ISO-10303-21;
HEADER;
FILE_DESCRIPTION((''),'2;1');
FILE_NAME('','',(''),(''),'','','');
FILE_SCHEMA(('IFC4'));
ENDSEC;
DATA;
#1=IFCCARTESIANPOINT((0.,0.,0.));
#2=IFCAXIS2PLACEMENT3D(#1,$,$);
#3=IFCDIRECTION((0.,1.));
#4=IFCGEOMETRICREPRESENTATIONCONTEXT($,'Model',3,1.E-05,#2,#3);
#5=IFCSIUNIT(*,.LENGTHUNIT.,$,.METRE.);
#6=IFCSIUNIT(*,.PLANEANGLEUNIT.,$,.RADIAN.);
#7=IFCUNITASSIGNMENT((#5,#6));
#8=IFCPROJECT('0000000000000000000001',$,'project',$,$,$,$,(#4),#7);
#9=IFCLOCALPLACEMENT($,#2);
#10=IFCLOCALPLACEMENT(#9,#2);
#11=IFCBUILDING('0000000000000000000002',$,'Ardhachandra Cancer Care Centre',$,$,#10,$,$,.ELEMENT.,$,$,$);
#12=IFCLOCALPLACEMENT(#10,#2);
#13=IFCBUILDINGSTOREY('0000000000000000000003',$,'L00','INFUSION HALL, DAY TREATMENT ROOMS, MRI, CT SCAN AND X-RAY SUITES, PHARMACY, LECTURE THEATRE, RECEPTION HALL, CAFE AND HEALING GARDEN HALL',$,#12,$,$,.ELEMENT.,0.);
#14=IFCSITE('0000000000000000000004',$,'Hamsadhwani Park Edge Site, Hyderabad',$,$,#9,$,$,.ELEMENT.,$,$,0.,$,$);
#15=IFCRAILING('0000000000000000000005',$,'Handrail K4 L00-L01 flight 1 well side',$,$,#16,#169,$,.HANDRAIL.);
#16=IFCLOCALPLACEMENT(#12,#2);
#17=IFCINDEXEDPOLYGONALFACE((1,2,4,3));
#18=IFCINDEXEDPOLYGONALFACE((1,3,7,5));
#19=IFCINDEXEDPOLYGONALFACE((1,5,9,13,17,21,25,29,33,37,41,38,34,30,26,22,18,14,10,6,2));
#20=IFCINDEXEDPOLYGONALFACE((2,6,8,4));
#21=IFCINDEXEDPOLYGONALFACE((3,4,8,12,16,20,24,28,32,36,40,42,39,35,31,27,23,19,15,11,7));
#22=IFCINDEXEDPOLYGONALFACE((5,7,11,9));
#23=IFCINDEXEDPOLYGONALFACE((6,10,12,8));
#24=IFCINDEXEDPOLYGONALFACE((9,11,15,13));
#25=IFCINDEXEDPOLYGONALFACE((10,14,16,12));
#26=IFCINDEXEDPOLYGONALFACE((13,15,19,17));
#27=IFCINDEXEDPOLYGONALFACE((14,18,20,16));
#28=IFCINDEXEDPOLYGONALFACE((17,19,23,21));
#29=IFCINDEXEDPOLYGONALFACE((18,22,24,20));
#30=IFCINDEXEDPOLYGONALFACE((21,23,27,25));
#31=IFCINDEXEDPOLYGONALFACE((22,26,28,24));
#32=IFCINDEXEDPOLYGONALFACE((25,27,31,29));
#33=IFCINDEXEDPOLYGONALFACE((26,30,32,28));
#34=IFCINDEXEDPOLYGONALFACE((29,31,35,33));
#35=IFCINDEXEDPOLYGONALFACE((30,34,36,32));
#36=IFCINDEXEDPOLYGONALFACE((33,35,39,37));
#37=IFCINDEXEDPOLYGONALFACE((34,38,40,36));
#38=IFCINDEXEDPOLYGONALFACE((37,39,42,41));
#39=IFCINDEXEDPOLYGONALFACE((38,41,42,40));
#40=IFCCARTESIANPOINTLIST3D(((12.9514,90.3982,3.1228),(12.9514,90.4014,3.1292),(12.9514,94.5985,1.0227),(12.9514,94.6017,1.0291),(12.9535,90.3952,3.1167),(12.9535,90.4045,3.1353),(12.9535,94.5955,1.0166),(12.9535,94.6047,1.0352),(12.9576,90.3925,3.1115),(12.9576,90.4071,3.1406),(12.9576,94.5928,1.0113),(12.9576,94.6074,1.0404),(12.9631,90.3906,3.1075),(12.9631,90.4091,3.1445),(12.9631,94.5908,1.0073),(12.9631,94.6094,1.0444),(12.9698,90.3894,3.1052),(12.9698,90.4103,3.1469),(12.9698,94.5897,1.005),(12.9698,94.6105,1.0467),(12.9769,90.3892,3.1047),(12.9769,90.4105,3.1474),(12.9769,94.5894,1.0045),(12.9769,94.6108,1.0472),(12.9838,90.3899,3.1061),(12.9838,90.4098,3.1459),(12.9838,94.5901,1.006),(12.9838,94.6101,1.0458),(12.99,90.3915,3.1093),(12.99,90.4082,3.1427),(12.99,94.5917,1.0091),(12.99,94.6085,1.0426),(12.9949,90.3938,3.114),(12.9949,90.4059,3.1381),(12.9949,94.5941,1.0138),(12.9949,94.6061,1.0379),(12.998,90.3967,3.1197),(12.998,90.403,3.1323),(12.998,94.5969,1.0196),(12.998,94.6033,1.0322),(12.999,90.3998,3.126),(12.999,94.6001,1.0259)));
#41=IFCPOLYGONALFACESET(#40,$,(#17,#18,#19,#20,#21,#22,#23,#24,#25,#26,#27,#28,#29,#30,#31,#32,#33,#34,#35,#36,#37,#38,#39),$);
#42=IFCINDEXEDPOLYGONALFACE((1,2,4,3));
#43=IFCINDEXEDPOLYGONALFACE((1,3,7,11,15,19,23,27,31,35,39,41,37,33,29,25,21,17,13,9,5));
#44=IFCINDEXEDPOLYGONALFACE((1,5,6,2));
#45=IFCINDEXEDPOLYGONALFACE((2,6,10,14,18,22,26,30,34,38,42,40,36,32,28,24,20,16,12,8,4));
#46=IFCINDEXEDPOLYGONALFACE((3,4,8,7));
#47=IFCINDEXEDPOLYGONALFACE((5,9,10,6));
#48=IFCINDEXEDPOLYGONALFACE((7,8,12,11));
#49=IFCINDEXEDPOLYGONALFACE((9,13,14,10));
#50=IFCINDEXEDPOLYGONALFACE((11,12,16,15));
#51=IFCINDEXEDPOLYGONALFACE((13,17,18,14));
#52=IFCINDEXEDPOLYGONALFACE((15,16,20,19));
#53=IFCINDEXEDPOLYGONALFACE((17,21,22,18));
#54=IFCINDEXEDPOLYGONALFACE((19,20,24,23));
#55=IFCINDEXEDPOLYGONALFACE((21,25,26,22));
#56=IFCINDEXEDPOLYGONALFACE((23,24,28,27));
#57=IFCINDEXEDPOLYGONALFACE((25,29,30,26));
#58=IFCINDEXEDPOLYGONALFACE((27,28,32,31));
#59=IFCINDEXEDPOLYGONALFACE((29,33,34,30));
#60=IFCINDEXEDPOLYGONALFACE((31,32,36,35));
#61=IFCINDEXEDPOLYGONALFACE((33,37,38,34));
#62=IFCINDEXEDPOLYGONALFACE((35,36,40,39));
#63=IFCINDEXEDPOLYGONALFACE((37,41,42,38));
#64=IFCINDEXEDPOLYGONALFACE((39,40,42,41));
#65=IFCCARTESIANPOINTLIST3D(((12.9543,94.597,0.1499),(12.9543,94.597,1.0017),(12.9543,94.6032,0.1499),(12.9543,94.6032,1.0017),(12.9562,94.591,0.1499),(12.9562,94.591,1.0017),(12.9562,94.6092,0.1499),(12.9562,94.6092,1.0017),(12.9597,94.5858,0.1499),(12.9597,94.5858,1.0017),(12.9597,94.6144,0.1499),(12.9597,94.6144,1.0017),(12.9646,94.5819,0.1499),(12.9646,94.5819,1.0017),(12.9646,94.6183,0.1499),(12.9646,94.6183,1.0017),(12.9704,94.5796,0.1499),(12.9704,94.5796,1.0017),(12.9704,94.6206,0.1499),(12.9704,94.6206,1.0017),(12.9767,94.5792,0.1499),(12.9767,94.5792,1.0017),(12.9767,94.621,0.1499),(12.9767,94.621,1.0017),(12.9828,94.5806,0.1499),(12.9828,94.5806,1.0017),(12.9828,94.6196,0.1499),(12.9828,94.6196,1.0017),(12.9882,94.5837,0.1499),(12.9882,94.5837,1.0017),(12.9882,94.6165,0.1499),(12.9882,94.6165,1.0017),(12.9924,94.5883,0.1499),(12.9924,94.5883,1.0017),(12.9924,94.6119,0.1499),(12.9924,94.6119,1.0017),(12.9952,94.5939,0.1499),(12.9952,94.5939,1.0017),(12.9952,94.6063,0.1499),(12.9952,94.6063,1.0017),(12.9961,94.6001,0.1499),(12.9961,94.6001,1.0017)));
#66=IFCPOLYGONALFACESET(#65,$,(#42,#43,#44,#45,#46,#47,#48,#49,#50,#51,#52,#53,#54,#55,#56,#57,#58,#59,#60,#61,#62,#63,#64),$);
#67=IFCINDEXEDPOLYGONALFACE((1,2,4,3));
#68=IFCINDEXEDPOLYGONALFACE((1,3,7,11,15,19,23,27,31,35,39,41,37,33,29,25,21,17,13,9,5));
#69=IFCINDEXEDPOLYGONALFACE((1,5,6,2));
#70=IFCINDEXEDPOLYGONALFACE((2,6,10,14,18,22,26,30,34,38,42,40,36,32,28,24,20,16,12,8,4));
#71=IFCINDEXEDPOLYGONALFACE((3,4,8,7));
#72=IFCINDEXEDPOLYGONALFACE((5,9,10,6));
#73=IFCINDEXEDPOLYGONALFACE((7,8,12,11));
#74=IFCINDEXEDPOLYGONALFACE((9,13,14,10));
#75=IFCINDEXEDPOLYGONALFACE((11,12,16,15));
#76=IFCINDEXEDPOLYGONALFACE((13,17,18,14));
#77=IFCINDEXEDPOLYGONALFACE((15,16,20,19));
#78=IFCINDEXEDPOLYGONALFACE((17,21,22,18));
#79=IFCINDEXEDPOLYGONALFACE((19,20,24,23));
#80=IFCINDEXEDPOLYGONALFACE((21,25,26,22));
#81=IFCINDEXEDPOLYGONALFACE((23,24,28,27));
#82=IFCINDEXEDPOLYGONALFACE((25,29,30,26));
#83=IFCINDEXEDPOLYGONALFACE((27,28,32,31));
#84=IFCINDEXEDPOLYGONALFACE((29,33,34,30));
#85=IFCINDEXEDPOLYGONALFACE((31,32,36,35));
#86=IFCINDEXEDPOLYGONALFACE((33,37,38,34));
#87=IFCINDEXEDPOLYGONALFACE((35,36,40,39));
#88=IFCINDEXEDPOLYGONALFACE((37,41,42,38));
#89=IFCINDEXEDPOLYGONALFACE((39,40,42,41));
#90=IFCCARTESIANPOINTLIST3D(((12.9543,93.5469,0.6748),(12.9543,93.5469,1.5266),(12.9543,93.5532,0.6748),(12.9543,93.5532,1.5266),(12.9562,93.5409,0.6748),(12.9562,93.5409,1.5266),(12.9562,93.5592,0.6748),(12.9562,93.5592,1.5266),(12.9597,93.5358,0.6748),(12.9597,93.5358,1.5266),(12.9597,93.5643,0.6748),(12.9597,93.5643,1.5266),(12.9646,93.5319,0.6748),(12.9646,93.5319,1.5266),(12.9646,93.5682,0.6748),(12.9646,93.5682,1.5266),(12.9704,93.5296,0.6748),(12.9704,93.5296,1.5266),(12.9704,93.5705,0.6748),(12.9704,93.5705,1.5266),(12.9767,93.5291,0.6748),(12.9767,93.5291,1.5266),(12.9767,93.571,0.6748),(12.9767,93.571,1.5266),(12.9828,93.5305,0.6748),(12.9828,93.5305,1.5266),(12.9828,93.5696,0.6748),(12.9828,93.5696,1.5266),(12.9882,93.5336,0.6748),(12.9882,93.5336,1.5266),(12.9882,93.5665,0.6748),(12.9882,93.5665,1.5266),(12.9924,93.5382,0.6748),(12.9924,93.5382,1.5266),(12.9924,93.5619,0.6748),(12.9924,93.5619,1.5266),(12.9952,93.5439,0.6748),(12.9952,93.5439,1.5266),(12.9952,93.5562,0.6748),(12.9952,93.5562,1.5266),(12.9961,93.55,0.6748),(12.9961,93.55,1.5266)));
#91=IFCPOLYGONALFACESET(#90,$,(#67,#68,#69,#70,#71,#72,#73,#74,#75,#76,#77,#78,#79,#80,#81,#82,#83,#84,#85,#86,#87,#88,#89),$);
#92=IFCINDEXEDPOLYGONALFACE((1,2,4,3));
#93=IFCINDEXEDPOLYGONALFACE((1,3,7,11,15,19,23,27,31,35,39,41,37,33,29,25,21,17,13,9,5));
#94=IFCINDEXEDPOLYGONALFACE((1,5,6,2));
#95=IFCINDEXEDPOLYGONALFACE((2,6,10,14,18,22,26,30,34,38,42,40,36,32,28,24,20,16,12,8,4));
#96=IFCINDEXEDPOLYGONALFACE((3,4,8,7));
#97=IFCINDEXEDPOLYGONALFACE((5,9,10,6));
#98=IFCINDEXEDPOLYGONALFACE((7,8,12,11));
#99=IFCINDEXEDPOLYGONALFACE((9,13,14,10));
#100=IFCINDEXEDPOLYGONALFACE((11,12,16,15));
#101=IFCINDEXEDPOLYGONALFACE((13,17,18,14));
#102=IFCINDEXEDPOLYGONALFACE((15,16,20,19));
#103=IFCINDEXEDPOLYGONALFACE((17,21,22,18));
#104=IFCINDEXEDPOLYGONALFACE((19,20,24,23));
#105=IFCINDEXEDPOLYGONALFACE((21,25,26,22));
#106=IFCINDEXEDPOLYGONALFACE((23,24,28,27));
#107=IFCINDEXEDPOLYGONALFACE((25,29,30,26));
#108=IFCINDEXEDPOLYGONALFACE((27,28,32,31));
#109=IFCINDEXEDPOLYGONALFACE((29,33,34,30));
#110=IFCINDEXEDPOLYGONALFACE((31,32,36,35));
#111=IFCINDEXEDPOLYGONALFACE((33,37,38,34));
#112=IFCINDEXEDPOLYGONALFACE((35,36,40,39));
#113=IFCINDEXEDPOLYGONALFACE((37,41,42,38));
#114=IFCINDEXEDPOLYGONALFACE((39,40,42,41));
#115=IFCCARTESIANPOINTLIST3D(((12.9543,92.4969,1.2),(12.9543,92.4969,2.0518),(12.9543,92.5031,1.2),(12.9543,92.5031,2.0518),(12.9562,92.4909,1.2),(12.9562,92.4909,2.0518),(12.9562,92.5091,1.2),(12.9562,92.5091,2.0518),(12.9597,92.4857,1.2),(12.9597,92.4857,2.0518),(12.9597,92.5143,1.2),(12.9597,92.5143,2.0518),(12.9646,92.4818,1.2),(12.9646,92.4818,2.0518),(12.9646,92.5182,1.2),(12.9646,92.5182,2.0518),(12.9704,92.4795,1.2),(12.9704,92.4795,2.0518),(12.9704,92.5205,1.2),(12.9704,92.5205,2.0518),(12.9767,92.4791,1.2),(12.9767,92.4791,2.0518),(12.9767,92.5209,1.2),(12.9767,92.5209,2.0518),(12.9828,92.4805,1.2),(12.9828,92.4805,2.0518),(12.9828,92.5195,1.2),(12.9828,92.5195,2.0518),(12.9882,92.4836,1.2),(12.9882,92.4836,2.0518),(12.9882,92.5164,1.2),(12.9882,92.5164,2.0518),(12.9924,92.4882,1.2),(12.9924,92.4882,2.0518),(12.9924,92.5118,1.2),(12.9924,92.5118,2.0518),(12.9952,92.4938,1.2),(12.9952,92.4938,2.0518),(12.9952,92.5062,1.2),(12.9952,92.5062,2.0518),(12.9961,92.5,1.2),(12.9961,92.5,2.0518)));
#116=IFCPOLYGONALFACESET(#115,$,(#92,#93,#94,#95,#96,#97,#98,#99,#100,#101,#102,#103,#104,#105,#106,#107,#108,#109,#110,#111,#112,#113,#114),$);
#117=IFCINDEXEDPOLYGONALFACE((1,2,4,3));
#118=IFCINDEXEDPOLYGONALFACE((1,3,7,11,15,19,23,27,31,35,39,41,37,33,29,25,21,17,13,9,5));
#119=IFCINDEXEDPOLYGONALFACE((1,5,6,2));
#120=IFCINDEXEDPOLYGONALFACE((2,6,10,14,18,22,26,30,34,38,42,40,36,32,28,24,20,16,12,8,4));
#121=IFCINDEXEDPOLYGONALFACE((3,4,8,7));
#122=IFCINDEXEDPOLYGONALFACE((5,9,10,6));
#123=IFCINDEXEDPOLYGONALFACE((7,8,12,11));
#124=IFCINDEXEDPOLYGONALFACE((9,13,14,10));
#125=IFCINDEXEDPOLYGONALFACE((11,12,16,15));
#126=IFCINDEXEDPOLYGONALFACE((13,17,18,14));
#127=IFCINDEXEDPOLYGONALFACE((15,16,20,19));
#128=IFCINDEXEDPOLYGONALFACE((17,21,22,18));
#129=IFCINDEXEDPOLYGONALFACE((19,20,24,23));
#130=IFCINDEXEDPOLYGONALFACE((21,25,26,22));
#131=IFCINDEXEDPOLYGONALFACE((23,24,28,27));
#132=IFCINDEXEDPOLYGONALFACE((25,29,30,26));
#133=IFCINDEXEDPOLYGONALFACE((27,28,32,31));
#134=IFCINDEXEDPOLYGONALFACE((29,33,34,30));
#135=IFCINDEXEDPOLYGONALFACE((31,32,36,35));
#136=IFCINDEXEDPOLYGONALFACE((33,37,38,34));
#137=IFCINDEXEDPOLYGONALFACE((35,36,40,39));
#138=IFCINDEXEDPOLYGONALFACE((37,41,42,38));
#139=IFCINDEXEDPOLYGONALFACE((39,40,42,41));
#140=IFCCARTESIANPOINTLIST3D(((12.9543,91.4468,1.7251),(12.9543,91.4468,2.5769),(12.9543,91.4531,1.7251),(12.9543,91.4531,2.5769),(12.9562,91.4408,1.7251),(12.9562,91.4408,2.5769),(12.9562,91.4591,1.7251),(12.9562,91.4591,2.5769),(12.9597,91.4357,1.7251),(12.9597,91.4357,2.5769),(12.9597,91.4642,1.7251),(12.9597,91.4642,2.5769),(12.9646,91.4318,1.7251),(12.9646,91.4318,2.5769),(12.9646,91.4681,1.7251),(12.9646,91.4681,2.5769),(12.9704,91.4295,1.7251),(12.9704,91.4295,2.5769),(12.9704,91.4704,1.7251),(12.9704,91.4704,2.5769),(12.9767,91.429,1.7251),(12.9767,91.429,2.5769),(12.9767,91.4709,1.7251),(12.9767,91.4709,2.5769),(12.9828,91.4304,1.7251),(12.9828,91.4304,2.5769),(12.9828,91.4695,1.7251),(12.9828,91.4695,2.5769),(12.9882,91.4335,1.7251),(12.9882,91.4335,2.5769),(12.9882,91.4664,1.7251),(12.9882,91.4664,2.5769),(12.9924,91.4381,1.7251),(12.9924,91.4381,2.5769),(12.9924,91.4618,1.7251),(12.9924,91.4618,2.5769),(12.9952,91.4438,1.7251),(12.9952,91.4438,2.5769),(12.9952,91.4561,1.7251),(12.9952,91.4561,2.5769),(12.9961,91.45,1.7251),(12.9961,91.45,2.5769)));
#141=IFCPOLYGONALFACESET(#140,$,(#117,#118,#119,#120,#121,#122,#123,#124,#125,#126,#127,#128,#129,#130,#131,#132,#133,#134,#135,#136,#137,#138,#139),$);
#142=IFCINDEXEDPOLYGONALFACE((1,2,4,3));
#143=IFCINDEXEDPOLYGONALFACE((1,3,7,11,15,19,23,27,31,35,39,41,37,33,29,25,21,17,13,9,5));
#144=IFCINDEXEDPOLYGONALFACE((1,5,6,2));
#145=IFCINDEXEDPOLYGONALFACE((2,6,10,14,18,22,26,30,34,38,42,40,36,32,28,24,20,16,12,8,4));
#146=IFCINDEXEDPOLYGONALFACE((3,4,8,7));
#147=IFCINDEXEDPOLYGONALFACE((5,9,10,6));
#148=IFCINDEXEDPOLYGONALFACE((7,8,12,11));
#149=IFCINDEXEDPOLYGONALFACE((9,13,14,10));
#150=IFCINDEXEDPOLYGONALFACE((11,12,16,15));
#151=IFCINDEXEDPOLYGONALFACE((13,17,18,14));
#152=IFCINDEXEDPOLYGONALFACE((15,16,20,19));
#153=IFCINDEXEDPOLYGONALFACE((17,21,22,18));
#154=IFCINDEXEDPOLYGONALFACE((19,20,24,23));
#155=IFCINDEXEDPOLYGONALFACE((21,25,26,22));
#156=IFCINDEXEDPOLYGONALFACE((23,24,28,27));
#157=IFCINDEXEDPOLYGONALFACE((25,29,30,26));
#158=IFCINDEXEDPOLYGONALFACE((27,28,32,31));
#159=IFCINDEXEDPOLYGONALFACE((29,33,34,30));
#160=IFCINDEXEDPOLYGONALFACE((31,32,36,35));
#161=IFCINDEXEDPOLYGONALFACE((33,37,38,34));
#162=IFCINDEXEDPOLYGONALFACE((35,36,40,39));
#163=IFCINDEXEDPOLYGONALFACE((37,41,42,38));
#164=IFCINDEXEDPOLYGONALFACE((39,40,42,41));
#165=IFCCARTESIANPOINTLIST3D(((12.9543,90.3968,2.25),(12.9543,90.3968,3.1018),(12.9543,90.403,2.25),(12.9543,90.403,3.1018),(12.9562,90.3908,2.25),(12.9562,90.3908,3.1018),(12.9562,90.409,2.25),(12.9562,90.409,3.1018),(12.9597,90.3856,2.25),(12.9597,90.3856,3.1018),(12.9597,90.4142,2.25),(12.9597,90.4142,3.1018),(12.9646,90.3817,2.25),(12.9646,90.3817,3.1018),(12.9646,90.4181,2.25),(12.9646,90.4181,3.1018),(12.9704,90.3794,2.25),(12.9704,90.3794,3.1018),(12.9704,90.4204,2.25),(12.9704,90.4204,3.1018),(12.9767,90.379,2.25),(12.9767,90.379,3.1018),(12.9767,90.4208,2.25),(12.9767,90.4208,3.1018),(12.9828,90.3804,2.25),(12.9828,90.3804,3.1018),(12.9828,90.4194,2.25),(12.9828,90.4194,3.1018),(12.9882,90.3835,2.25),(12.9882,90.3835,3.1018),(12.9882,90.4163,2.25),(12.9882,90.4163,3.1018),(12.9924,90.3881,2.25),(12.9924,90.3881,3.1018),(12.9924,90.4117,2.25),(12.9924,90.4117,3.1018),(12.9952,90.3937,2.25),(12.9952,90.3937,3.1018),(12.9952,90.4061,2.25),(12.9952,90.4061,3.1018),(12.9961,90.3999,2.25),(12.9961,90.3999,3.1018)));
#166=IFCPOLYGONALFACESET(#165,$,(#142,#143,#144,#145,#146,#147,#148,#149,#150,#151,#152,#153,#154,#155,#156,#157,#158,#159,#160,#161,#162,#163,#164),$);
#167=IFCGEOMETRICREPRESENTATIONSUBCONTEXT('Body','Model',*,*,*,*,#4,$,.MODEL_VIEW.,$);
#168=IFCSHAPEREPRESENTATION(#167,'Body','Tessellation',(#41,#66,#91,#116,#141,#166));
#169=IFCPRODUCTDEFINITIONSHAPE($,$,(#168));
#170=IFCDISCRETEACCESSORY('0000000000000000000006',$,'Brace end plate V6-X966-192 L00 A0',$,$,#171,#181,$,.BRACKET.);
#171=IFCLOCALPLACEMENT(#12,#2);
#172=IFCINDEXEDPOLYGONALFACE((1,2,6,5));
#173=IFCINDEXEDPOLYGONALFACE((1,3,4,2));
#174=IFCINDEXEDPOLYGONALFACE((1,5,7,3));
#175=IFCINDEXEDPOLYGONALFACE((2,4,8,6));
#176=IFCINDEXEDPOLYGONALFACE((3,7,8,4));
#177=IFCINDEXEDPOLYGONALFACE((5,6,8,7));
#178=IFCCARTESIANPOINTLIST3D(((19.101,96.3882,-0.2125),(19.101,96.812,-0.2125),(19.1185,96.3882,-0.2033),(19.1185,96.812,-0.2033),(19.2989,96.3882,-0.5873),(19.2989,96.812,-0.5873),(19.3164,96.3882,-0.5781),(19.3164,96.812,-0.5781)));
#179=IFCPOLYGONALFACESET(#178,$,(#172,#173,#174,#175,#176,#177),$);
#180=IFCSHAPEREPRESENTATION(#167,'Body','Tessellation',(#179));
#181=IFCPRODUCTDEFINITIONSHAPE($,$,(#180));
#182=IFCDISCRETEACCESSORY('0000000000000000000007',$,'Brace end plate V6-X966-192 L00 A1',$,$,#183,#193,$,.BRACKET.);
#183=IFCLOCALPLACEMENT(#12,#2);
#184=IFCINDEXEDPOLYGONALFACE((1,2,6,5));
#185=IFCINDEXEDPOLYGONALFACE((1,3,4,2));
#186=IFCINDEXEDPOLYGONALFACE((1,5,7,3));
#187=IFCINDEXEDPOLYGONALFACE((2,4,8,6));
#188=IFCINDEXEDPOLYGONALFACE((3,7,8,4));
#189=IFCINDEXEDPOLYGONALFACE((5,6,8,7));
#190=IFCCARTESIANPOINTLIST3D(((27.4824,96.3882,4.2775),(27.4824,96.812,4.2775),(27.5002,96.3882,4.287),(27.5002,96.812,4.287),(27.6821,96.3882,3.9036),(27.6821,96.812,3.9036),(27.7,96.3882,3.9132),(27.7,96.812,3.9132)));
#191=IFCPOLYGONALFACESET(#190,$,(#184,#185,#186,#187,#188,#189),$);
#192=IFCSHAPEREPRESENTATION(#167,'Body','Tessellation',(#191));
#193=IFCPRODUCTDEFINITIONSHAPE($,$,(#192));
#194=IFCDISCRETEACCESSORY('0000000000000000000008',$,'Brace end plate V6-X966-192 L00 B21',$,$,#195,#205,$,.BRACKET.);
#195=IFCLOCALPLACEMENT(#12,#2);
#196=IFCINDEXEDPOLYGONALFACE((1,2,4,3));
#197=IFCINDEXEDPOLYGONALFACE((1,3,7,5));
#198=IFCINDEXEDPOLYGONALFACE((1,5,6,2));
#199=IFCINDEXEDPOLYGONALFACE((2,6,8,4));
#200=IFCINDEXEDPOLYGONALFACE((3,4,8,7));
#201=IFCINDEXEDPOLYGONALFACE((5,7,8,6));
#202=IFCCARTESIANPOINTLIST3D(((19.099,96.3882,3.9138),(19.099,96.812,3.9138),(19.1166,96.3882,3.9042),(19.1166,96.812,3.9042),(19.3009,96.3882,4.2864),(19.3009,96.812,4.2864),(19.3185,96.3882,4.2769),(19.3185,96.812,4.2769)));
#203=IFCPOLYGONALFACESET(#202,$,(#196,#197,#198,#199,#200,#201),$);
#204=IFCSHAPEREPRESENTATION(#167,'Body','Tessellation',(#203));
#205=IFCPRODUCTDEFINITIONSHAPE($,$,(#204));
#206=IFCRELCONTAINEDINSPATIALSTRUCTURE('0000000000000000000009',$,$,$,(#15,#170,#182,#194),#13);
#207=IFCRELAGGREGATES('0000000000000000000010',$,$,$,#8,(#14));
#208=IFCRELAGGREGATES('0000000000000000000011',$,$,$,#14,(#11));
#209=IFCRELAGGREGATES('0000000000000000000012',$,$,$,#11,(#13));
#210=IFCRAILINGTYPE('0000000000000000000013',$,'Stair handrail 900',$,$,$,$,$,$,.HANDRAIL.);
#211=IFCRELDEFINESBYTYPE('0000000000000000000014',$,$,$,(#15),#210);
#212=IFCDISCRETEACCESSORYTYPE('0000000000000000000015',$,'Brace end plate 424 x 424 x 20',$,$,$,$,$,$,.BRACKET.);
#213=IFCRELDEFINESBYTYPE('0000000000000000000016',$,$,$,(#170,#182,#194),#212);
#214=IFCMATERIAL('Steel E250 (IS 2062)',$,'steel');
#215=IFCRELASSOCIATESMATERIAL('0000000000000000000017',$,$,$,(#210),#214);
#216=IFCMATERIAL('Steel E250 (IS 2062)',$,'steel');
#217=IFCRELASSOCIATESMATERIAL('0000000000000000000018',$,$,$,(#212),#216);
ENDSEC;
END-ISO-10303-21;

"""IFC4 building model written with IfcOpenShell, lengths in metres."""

from ifc_helpers import new_model, si_unit, direction, frame, origin, origin_2d, place, context, subcontext, project, spatial, rectangle, circle, extrude, material, material_profile, profile_set, type_object, element, save


model = new_model("IFC4")

# Units and contexts
model_context = context("Model", 3, precision=1e-05, world=origin(), true_north=direction((0.0, 1.0)))
body_context = subcontext(model_context, "Body", "Model", "MODEL_VIEW")
ifc_project = project(units=[si_unit("LENGTHUNIT", "METRE"), si_unit("PLANEANGLEUNIT", "RADIAN")], contexts=[model_context])

# Site, building, storey
site_placement = place(None, origin())
site = spatial("IfcSite", under=ifc_project, at=site_placement, Name="Hamsadhwani Park Edge Site, Hyderabad", CompositionType="ELEMENT", RefElevation=0.0)
building_placement = place(site_placement, origin())
building = spatial("IfcBuilding", under=site, at=building_placement, Name="Ardhachandra Cancer Care Centre", CompositionType="ELEMENT")
storey_placement = place(building_placement, origin())
storey = spatial("IfcBuildingStorey", under=building, at=storey_placement, Name="L00", Description="INFUSION HALL, DAY TREATMENT ROOMS, MRI, CT SCAN AND X-RAY SUITES, PHARMACY, LECTURE THEATRE, RECEPTION HALL, CAFE AND HEALING GARDEN HALL", CompositionType="ELEMENT", Elevation=0.0)

# Railing
ifc_material_1 = material(Name="Steel E250 (IS 2062)", Category="steel")
railing_type_1 = type_object("IfcRailingType", Name="Stair handrail 900", PredefinedType="HANDRAIL", material=ifc_material_1)
for number, where, name in (
    (1, (12.9751, 94.6001, 0.1499), "Handrail K4 L00-L01 flight 1 well side"),
):
    element("IfcRailing", number, at=place(storey_placement, frame(where)), inside=storey, type_object=railing_type_1, Name=name, PredefinedType="HANDRAIL", context=body_context, shape_type="SweptSolid", body=[
        extrude(circle(Radius=0.0239, at=origin_2d()), frame((0.0, 0.0, 0.876), z_axis=(0.0, -0.894427, 0.447214), x_axis=(1.0, 0.0, 0.0)), (0.0, 0.0, 1.0), 4.696),
        extrude(circle(Radius=0.021, at=origin_2d()), origin(), (0.0, 0.0, 1.0), 0.8518),
        extrude(circle(Radius=0.021, at=origin_2d()), frame((0.0, -1.05, 0.5249)), (0.0, 0.0, 1.0), 0.8518),
        extrude(circle(Radius=0.021, at=origin_2d()), frame((0.0, -2.1001, 1.05)), (0.0, 0.0, 1.0), 0.8518),
        extrude(circle(Radius=0.021, at=origin_2d()), frame((0.0, -3.1501, 1.5752)), (0.0, 0.0, 1.0), 0.8518),
        extrude(circle(Radius=0.021, at=origin_2d()), frame((0.0, -4.2002, 2.1001)), (0.0, 0.0, 1.0), 0.8518),
    ])

# Discrete accessories
ifc_material_2 = material(Name="Steel E250 (IS 2062)", Category="steel")
ifc_material_profile_1 = material_profile(ifc_material_2, rectangle(XDim=0.4238, YDim=0.4238, at=origin_2d()), Name="PL 424x424x20")
ifc_profile_set_1 = profile_set([ifc_material_profile_1], Name="Steel E250 (IS 2062)")
discrete_accessory_type_1 = type_object("IfcDiscreteAccessoryType", Name="Brace end plate 424 x 424 x 20", PredefinedType="BRACKET", material=ifc_profile_set_1)
discrete_accessory_1_placement = place(storey_placement, frame((19.2, 96.6001, -0.3999), z_axis=(0.884385, 0.0, 0.466759), x_axis=(0.0, 1.0, 0.0)))
element("IfcDiscreteAccessory", 2, at=discrete_accessory_1_placement, inside=storey, type_object=discrete_accessory_type_1, Name="Brace end plate V6-X966-192 L00 A0", PredefinedType="BRACKET", context=body_context, shape_type="SweptSolid", body=[
    extrude(rectangle(XDim=0.4238, YDim=0.4238, at=origin_2d()), origin(), (0.0, 0.0, 1.0), 0.0198),
])
discrete_accessory_2_placement = place(storey_placement, frame((27.6001, 96.6001, 4.1001), z_axis=(-0.882018, 0.0, -0.471215), x_axis=(0.0, -1.0, 0.0)))
element("IfcDiscreteAccessory", 3, at=discrete_accessory_2_placement, inside=storey, type_object=discrete_accessory_type_1, Name="Brace end plate V6-X966-192 L00 A1", PredefinedType="BRACKET", context=body_context, shape_type="SweptSolid", body=[
    extrude(rectangle(XDim=0.4238, YDim=0.4238, at=origin_2d()), origin(), (0.0, 0.0, 1.0), 0.0203),
])
discrete_accessory_3_placement = place(storey_placement, frame((19.2, 96.6001, 4.1001), z_axis=(0.879292, 0.0, -0.476283), x_axis=(0.0, 1.0, 0.0)))
element("IfcDiscreteAccessory", 4, at=discrete_accessory_3_placement, inside=storey, type_object=discrete_accessory_type_1, Name="Brace end plate V6-X966-192 L00 B21", PredefinedType="BRACKET", context=body_context, shape_type="SweptSolid", body=[
    extrude(rectangle(XDim=0.4238, YDim=0.4238, at=origin_2d()), origin(), (0.0, 0.0, 1.0), 0.02),
])

save(model, "model.ifc")
